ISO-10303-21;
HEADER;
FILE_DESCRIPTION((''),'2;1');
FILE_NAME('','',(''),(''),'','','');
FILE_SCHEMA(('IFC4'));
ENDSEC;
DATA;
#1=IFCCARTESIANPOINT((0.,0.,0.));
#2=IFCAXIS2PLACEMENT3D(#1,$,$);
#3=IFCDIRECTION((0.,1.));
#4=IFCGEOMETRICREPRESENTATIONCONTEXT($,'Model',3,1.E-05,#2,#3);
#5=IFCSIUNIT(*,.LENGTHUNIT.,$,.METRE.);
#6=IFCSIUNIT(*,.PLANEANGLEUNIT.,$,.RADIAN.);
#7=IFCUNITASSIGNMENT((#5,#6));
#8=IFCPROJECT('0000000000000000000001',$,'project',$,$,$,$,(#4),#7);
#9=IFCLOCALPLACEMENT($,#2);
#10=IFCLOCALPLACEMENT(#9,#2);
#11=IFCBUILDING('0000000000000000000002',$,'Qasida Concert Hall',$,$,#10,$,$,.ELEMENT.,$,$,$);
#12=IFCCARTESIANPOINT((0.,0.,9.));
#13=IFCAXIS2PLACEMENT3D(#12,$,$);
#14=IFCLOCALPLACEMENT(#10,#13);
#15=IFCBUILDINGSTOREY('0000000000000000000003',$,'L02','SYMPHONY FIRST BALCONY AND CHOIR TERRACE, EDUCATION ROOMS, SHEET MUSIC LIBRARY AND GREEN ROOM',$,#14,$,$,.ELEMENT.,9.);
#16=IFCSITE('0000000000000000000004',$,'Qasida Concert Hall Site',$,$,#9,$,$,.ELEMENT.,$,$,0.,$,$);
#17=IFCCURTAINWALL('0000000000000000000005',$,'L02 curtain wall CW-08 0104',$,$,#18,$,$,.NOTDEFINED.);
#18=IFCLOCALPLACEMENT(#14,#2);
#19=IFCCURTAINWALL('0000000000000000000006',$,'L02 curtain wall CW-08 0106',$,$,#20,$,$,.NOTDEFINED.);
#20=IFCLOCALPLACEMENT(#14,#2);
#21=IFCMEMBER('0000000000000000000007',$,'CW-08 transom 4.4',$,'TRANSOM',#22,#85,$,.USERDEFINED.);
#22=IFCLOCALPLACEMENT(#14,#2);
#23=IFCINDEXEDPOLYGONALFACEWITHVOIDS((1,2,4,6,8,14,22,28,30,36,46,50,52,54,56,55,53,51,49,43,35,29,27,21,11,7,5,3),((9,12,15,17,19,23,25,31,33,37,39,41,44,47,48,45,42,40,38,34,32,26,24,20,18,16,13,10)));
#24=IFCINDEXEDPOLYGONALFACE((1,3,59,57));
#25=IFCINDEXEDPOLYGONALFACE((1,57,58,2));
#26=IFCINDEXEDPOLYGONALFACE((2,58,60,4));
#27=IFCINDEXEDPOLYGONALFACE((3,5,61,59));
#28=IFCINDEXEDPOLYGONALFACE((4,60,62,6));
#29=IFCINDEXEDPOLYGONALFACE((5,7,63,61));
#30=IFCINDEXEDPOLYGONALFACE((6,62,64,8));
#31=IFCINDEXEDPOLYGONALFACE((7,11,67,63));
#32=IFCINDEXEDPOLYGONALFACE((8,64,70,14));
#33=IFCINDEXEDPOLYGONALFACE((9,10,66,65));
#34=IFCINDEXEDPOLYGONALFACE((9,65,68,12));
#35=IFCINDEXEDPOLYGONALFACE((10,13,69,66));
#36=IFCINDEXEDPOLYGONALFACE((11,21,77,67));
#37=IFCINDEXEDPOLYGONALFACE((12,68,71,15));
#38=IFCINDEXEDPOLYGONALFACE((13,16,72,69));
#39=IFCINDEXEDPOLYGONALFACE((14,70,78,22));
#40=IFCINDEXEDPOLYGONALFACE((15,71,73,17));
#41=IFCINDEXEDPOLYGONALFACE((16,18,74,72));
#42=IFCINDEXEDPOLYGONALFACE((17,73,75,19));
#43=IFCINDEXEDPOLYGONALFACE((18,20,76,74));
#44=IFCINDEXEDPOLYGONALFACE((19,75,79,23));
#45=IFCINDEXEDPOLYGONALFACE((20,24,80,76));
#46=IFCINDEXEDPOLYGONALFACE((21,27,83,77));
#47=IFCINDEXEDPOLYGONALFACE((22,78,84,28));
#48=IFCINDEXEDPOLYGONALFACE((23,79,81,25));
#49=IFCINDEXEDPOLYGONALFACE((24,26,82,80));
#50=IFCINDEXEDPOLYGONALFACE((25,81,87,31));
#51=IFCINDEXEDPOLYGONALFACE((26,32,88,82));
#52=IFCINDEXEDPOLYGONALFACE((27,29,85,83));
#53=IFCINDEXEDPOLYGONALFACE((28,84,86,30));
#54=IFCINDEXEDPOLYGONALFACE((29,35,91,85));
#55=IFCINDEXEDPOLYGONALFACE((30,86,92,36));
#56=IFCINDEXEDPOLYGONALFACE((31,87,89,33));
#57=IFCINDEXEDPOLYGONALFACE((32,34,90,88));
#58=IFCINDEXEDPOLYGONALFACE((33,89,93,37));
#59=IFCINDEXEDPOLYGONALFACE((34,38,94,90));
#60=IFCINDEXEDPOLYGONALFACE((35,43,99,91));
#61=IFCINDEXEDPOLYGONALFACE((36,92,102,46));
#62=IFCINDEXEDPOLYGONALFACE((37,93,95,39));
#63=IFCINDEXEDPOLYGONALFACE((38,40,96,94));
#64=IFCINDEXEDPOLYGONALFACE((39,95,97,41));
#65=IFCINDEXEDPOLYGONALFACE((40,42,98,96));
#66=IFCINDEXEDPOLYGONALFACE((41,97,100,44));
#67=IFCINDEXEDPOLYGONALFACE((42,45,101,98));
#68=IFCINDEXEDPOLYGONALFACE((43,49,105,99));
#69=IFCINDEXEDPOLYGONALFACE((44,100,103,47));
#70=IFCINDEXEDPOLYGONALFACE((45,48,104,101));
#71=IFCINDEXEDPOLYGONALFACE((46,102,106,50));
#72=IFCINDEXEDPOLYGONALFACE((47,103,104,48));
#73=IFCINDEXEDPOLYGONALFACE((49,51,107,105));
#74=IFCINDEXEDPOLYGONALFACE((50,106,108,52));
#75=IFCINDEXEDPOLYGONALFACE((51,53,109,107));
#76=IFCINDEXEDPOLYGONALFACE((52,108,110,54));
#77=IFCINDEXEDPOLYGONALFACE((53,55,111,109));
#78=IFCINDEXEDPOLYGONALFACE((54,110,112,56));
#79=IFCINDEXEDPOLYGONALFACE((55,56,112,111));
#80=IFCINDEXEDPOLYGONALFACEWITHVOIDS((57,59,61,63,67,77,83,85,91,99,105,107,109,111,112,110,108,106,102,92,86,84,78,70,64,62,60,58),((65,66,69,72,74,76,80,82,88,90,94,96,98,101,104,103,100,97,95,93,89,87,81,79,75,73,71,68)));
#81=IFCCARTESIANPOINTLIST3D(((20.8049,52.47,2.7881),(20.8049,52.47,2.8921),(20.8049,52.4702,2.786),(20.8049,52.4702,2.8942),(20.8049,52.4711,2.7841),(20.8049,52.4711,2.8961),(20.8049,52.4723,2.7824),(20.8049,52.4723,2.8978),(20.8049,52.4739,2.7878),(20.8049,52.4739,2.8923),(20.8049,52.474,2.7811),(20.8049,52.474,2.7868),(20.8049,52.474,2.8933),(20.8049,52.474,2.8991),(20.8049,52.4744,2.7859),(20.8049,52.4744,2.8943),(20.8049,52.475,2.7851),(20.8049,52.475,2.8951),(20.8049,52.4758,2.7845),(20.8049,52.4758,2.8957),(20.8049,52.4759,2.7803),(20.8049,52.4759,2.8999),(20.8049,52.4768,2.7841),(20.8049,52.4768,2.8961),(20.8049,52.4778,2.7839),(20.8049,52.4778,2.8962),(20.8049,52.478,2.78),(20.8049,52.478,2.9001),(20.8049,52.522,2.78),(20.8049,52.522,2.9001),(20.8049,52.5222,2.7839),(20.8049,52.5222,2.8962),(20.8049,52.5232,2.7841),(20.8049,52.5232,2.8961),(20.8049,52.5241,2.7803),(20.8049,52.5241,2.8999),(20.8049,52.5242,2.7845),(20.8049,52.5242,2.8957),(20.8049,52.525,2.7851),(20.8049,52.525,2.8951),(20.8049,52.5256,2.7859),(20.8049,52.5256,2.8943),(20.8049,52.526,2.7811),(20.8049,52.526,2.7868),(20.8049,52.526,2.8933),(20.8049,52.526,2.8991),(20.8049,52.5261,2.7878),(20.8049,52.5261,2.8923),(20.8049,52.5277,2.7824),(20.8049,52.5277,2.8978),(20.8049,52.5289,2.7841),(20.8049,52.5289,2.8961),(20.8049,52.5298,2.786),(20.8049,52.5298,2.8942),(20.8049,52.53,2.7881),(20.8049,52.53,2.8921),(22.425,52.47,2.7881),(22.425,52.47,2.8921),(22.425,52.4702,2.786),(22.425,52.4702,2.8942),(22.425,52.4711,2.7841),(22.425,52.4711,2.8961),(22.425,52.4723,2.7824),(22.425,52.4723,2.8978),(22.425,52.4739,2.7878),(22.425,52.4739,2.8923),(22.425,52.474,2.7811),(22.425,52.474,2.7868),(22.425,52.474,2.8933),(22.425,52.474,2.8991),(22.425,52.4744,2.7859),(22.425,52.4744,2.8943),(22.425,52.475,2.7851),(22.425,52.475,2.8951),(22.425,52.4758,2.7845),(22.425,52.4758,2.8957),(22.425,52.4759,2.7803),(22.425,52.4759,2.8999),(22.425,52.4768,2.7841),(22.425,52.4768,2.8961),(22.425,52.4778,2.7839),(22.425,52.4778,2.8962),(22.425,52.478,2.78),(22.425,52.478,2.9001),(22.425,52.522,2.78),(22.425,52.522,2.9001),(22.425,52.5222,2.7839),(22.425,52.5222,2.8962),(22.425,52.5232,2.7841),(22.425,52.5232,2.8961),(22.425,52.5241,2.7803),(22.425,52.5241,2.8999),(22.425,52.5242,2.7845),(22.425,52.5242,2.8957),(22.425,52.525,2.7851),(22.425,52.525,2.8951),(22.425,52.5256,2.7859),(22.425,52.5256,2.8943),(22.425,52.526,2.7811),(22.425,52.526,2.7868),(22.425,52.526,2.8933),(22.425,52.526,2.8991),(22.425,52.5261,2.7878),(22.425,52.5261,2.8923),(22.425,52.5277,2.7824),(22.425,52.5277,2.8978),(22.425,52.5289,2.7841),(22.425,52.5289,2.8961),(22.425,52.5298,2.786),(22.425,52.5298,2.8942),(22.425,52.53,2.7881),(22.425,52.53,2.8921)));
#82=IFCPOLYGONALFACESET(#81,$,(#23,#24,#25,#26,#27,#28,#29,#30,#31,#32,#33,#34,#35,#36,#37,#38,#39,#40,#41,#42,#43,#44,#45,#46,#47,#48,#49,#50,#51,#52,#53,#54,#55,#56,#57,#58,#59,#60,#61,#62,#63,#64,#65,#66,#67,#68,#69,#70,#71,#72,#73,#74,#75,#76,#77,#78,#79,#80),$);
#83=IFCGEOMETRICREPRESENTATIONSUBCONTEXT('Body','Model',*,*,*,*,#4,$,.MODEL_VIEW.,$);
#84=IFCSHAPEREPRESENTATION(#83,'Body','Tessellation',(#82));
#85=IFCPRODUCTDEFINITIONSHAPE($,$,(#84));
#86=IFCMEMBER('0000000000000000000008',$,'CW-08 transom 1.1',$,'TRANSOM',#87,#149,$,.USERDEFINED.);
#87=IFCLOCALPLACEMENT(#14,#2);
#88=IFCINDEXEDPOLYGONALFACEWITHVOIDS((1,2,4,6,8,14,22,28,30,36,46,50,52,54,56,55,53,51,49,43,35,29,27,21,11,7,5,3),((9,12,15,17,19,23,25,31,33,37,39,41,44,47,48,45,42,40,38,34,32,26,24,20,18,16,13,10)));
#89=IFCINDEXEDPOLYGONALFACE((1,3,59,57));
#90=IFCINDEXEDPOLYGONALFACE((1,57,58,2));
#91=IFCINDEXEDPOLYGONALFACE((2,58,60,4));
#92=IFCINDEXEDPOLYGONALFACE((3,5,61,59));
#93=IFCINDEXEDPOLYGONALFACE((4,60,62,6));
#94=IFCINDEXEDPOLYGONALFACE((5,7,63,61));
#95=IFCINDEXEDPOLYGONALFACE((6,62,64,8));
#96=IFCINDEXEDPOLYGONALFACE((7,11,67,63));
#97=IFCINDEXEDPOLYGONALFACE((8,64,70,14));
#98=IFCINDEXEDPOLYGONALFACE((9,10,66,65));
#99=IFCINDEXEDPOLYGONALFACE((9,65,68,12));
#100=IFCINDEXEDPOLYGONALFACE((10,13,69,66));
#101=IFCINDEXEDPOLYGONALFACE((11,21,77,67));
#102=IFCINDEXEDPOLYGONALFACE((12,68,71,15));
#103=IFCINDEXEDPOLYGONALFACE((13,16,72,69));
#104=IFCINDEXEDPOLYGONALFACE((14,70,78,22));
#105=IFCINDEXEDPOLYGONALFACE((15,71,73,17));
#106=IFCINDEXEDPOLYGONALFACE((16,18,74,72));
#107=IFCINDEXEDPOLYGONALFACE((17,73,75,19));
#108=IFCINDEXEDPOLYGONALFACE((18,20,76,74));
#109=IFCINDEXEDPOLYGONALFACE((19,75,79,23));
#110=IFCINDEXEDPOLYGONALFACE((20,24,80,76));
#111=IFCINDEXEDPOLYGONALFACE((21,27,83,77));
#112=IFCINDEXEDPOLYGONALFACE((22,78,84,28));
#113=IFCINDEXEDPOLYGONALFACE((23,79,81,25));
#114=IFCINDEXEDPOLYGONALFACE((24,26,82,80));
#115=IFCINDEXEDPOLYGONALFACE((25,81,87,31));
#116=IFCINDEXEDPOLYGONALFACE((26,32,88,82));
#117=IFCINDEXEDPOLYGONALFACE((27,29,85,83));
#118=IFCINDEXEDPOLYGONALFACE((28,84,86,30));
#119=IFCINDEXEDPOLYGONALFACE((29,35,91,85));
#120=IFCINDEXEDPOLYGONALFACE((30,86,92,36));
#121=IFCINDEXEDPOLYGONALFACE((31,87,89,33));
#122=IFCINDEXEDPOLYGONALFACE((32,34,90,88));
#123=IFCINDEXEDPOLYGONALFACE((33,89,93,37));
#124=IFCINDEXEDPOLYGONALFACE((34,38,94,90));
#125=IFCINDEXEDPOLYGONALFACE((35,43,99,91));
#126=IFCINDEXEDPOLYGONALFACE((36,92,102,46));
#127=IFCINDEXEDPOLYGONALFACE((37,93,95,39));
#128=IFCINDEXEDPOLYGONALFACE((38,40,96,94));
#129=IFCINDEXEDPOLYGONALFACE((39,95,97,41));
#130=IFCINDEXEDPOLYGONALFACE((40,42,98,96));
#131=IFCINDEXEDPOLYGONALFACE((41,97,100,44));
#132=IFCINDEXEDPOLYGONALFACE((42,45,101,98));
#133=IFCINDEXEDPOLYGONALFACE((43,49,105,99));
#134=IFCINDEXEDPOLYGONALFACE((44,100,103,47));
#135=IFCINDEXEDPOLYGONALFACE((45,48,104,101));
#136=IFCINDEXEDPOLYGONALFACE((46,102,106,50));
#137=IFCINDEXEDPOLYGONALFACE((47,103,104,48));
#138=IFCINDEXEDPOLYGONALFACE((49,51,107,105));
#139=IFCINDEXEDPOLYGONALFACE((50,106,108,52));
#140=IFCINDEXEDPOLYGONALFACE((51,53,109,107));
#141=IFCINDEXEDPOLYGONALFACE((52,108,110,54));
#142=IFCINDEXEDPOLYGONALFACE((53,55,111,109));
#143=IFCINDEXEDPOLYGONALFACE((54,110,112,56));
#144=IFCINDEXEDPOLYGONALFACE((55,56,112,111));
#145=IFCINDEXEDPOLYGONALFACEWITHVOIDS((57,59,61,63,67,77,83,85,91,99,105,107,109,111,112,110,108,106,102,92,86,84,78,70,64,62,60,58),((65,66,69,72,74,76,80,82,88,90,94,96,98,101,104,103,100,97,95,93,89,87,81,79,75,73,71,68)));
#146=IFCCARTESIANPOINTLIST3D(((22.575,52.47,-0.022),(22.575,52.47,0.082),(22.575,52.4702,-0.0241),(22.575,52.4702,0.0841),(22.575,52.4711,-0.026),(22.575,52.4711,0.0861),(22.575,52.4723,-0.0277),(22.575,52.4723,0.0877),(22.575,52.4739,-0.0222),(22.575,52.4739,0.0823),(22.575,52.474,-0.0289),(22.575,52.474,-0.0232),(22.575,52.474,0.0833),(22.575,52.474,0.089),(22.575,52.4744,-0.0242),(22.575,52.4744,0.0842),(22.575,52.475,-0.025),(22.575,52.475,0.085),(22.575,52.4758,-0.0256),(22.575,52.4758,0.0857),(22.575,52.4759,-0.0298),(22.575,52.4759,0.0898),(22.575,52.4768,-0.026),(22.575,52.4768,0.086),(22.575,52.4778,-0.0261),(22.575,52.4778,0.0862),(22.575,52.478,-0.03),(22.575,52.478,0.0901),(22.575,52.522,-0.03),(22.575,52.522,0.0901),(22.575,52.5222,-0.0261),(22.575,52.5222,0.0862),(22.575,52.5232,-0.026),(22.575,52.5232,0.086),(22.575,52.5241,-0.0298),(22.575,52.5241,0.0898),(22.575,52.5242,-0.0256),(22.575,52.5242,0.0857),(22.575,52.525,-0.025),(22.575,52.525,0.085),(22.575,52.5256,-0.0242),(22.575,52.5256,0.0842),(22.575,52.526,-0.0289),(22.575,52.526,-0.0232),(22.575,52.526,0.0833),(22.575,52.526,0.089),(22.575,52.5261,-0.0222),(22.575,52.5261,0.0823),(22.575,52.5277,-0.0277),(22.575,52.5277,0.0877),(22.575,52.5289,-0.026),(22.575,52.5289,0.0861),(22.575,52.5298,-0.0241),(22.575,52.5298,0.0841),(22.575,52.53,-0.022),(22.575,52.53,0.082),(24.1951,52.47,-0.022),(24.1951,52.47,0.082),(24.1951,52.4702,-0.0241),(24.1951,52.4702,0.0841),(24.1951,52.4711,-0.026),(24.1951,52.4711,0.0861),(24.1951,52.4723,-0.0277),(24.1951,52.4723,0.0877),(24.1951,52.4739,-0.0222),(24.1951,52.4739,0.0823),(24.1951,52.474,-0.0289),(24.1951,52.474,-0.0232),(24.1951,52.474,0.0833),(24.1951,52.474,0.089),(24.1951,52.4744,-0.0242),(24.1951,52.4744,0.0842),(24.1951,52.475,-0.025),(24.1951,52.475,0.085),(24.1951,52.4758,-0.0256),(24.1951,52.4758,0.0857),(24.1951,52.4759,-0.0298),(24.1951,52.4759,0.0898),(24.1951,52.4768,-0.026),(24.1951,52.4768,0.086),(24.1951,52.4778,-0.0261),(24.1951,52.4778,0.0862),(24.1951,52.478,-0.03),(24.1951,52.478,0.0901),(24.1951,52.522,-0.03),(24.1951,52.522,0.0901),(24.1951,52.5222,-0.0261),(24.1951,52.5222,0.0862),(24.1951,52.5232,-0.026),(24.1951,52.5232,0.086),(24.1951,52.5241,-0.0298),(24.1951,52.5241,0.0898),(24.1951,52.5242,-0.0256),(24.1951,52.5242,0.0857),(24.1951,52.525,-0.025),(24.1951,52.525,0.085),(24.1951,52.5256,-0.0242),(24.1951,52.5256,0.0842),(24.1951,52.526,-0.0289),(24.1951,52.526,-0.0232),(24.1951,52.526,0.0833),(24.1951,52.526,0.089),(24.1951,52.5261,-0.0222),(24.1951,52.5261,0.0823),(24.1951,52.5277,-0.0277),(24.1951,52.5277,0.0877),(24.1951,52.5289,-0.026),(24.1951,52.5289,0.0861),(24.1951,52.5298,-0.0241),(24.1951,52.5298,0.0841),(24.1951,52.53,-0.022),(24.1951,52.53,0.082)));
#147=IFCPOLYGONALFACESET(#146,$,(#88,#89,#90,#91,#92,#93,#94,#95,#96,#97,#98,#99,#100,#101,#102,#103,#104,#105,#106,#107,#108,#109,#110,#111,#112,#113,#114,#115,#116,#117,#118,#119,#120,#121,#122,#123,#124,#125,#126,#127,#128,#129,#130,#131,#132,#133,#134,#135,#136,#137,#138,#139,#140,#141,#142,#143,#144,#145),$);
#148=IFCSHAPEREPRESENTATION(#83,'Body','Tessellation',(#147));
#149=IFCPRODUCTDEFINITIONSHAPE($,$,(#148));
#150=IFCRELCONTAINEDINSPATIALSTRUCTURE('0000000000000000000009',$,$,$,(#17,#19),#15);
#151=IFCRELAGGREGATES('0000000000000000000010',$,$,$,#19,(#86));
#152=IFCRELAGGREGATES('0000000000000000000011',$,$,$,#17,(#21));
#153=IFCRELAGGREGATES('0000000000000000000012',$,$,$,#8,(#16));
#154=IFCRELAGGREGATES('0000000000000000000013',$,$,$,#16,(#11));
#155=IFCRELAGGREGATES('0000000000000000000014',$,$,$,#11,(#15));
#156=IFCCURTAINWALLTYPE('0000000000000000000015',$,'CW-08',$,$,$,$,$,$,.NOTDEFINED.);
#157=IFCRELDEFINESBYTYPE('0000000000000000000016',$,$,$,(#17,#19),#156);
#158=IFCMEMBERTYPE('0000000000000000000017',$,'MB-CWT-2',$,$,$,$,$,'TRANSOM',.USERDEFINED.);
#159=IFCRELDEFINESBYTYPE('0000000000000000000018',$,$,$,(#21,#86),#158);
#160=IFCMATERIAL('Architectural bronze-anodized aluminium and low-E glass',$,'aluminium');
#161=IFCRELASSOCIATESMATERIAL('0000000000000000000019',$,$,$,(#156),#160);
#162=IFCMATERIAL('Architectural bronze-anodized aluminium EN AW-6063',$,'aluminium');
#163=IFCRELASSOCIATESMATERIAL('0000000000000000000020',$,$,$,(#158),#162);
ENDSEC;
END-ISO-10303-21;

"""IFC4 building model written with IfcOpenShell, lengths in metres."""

from ifc_helpers import new_model, si_unit, direction, frame, origin, origin_2d, place, context, subcontext, project, spatial, hollow_rectangle, extrude, material, material_profile, profile_set, type_object, element, aggregate, save


model = new_model("IFC4")

# Units and contexts
model_context = context("Model", 3, precision=1e-05, world=origin(), true_north=direction((0.0, 1.0)))
body_context = subcontext(model_context, "Body", "Model", "MODEL_VIEW")
ifc_project = project(units=[si_unit("LENGTHUNIT", "METRE"), si_unit("PLANEANGLEUNIT", "RADIAN")], contexts=[model_context])

# Site, building, storey
site_placement = place(None, origin())
site = spatial("IfcSite", under=ifc_project, at=site_placement, Name="Qasida Concert Hall Site", CompositionType="ELEMENT", RefElevation=0.0)
building_placement = place(site_placement, origin())
building = spatial("IfcBuilding", under=site, at=building_placement, Name="Qasida Concert Hall", CompositionType="ELEMENT")
storey_placement = place(building_placement, frame((0.0, 0.0, 9.0)))
storey = spatial("IfcBuildingStorey", under=building, at=storey_placement, Name="L02", Description="SYMPHONY FIRST BALCONY AND CHOIR TERRACE, EDUCATION ROOMS, SHEET MUSIC LIBRARY AND GREEN ROOM", CompositionType="ELEMENT", Elevation=9.0)

# Curtain wall
ifc_material_1 = material(Name="Architectural bronze-anodized aluminium and low-E glass", Category="aluminium")
curtain_wall_type = type_object("IfcCurtainWallType", Name="CW-08", PredefinedType="NOTDEFINED", material=ifc_material_1)
curtain_wall_1_placement = place(storey_placement, origin())
curtain_wall_1 = element("IfcCurtainWall", 1, at=curtain_wall_1_placement, inside=storey, type_object=curtain_wall_type, Name="L02 curtain wall CW-08 0104", PredefinedType="NOTDEFINED")
ifc_material_2 = material(Name="Architectural bronze-anodized aluminium EN AW-6063", Category="aluminium")

# Curtain wall
curtain_wall_2_placement = place(storey_placement, origin())
curtain_wall_2 = element("IfcCurtainWall", 2, at=curtain_wall_2_placement, inside=storey, type_object=curtain_wall_type, Name="L02 curtain wall CW-08 0106", PredefinedType="NOTDEFINED")

# Members
ifc_material_profile_1 = material_profile(ifc_material_2, hollow_rectangle(XDim=0.0601, YDim=0.1201, WallThickness=0.0039, InnerFilletRadius=0.0039, OuterFilletRadius=0.0081, at=origin_2d()), Name="CWT 120x60x4")
ifc_profile_set_1 = profile_set([ifc_material_profile_1], Name="Architectural bronze-anodized aluminium EN AW-6063")
member_type_1 = type_object("IfcMemberType", Name="MB-CWT-2", ElementType="TRANSOM", PredefinedType="USERDEFINED", material=ifc_profile_set_1)
member_1_placement = place(storey_placement, frame((20.8049, 52.5, 2.8401), z_axis=(1.0, 0.0, 0.0), x_axis=(0.0, 1.0, 0.0)))
member_1 = element("IfcMember", 3, at=member_1_placement, type_object=member_type_1, Name="CW-08 transom 4.4", ObjectType="TRANSOM", PredefinedType="USERDEFINED", context=body_context, shape_type="SweptSolid", body=[
    extrude(hollow_rectangle(XDim=0.0601, YDim=0.1201, WallThickness=0.0039, InnerFilletRadius=0.0039, OuterFilletRadius=0.0081, at=origin_2d()), origin(), (0.0, 0.0, 1.0), 1.6201),
])
member_2_placement = place(storey_placement, frame((22.575, 52.5, 0.03), z_axis=(1.0, 0.0, 0.0), x_axis=(0.0, 1.0, 0.0)))
member_2 = element("IfcMember", 4, at=member_2_placement, type_object=member_type_1, Name="CW-08 transom 1.1", ObjectType="TRANSOM", PredefinedType="USERDEFINED", context=body_context, shape_type="SweptSolid", body=[
    extrude(hollow_rectangle(XDim=0.0601, YDim=0.1201, WallThickness=0.0039, InnerFilletRadius=0.0039, OuterFilletRadius=0.0081, at=origin_2d()), origin(), (0.0, 0.0, 1.0), 1.6201),
])
aggregate(curtain_wall_2, [member_2])

aggregate(curtain_wall_1, [member_1])

save(model, "model.ifc")
